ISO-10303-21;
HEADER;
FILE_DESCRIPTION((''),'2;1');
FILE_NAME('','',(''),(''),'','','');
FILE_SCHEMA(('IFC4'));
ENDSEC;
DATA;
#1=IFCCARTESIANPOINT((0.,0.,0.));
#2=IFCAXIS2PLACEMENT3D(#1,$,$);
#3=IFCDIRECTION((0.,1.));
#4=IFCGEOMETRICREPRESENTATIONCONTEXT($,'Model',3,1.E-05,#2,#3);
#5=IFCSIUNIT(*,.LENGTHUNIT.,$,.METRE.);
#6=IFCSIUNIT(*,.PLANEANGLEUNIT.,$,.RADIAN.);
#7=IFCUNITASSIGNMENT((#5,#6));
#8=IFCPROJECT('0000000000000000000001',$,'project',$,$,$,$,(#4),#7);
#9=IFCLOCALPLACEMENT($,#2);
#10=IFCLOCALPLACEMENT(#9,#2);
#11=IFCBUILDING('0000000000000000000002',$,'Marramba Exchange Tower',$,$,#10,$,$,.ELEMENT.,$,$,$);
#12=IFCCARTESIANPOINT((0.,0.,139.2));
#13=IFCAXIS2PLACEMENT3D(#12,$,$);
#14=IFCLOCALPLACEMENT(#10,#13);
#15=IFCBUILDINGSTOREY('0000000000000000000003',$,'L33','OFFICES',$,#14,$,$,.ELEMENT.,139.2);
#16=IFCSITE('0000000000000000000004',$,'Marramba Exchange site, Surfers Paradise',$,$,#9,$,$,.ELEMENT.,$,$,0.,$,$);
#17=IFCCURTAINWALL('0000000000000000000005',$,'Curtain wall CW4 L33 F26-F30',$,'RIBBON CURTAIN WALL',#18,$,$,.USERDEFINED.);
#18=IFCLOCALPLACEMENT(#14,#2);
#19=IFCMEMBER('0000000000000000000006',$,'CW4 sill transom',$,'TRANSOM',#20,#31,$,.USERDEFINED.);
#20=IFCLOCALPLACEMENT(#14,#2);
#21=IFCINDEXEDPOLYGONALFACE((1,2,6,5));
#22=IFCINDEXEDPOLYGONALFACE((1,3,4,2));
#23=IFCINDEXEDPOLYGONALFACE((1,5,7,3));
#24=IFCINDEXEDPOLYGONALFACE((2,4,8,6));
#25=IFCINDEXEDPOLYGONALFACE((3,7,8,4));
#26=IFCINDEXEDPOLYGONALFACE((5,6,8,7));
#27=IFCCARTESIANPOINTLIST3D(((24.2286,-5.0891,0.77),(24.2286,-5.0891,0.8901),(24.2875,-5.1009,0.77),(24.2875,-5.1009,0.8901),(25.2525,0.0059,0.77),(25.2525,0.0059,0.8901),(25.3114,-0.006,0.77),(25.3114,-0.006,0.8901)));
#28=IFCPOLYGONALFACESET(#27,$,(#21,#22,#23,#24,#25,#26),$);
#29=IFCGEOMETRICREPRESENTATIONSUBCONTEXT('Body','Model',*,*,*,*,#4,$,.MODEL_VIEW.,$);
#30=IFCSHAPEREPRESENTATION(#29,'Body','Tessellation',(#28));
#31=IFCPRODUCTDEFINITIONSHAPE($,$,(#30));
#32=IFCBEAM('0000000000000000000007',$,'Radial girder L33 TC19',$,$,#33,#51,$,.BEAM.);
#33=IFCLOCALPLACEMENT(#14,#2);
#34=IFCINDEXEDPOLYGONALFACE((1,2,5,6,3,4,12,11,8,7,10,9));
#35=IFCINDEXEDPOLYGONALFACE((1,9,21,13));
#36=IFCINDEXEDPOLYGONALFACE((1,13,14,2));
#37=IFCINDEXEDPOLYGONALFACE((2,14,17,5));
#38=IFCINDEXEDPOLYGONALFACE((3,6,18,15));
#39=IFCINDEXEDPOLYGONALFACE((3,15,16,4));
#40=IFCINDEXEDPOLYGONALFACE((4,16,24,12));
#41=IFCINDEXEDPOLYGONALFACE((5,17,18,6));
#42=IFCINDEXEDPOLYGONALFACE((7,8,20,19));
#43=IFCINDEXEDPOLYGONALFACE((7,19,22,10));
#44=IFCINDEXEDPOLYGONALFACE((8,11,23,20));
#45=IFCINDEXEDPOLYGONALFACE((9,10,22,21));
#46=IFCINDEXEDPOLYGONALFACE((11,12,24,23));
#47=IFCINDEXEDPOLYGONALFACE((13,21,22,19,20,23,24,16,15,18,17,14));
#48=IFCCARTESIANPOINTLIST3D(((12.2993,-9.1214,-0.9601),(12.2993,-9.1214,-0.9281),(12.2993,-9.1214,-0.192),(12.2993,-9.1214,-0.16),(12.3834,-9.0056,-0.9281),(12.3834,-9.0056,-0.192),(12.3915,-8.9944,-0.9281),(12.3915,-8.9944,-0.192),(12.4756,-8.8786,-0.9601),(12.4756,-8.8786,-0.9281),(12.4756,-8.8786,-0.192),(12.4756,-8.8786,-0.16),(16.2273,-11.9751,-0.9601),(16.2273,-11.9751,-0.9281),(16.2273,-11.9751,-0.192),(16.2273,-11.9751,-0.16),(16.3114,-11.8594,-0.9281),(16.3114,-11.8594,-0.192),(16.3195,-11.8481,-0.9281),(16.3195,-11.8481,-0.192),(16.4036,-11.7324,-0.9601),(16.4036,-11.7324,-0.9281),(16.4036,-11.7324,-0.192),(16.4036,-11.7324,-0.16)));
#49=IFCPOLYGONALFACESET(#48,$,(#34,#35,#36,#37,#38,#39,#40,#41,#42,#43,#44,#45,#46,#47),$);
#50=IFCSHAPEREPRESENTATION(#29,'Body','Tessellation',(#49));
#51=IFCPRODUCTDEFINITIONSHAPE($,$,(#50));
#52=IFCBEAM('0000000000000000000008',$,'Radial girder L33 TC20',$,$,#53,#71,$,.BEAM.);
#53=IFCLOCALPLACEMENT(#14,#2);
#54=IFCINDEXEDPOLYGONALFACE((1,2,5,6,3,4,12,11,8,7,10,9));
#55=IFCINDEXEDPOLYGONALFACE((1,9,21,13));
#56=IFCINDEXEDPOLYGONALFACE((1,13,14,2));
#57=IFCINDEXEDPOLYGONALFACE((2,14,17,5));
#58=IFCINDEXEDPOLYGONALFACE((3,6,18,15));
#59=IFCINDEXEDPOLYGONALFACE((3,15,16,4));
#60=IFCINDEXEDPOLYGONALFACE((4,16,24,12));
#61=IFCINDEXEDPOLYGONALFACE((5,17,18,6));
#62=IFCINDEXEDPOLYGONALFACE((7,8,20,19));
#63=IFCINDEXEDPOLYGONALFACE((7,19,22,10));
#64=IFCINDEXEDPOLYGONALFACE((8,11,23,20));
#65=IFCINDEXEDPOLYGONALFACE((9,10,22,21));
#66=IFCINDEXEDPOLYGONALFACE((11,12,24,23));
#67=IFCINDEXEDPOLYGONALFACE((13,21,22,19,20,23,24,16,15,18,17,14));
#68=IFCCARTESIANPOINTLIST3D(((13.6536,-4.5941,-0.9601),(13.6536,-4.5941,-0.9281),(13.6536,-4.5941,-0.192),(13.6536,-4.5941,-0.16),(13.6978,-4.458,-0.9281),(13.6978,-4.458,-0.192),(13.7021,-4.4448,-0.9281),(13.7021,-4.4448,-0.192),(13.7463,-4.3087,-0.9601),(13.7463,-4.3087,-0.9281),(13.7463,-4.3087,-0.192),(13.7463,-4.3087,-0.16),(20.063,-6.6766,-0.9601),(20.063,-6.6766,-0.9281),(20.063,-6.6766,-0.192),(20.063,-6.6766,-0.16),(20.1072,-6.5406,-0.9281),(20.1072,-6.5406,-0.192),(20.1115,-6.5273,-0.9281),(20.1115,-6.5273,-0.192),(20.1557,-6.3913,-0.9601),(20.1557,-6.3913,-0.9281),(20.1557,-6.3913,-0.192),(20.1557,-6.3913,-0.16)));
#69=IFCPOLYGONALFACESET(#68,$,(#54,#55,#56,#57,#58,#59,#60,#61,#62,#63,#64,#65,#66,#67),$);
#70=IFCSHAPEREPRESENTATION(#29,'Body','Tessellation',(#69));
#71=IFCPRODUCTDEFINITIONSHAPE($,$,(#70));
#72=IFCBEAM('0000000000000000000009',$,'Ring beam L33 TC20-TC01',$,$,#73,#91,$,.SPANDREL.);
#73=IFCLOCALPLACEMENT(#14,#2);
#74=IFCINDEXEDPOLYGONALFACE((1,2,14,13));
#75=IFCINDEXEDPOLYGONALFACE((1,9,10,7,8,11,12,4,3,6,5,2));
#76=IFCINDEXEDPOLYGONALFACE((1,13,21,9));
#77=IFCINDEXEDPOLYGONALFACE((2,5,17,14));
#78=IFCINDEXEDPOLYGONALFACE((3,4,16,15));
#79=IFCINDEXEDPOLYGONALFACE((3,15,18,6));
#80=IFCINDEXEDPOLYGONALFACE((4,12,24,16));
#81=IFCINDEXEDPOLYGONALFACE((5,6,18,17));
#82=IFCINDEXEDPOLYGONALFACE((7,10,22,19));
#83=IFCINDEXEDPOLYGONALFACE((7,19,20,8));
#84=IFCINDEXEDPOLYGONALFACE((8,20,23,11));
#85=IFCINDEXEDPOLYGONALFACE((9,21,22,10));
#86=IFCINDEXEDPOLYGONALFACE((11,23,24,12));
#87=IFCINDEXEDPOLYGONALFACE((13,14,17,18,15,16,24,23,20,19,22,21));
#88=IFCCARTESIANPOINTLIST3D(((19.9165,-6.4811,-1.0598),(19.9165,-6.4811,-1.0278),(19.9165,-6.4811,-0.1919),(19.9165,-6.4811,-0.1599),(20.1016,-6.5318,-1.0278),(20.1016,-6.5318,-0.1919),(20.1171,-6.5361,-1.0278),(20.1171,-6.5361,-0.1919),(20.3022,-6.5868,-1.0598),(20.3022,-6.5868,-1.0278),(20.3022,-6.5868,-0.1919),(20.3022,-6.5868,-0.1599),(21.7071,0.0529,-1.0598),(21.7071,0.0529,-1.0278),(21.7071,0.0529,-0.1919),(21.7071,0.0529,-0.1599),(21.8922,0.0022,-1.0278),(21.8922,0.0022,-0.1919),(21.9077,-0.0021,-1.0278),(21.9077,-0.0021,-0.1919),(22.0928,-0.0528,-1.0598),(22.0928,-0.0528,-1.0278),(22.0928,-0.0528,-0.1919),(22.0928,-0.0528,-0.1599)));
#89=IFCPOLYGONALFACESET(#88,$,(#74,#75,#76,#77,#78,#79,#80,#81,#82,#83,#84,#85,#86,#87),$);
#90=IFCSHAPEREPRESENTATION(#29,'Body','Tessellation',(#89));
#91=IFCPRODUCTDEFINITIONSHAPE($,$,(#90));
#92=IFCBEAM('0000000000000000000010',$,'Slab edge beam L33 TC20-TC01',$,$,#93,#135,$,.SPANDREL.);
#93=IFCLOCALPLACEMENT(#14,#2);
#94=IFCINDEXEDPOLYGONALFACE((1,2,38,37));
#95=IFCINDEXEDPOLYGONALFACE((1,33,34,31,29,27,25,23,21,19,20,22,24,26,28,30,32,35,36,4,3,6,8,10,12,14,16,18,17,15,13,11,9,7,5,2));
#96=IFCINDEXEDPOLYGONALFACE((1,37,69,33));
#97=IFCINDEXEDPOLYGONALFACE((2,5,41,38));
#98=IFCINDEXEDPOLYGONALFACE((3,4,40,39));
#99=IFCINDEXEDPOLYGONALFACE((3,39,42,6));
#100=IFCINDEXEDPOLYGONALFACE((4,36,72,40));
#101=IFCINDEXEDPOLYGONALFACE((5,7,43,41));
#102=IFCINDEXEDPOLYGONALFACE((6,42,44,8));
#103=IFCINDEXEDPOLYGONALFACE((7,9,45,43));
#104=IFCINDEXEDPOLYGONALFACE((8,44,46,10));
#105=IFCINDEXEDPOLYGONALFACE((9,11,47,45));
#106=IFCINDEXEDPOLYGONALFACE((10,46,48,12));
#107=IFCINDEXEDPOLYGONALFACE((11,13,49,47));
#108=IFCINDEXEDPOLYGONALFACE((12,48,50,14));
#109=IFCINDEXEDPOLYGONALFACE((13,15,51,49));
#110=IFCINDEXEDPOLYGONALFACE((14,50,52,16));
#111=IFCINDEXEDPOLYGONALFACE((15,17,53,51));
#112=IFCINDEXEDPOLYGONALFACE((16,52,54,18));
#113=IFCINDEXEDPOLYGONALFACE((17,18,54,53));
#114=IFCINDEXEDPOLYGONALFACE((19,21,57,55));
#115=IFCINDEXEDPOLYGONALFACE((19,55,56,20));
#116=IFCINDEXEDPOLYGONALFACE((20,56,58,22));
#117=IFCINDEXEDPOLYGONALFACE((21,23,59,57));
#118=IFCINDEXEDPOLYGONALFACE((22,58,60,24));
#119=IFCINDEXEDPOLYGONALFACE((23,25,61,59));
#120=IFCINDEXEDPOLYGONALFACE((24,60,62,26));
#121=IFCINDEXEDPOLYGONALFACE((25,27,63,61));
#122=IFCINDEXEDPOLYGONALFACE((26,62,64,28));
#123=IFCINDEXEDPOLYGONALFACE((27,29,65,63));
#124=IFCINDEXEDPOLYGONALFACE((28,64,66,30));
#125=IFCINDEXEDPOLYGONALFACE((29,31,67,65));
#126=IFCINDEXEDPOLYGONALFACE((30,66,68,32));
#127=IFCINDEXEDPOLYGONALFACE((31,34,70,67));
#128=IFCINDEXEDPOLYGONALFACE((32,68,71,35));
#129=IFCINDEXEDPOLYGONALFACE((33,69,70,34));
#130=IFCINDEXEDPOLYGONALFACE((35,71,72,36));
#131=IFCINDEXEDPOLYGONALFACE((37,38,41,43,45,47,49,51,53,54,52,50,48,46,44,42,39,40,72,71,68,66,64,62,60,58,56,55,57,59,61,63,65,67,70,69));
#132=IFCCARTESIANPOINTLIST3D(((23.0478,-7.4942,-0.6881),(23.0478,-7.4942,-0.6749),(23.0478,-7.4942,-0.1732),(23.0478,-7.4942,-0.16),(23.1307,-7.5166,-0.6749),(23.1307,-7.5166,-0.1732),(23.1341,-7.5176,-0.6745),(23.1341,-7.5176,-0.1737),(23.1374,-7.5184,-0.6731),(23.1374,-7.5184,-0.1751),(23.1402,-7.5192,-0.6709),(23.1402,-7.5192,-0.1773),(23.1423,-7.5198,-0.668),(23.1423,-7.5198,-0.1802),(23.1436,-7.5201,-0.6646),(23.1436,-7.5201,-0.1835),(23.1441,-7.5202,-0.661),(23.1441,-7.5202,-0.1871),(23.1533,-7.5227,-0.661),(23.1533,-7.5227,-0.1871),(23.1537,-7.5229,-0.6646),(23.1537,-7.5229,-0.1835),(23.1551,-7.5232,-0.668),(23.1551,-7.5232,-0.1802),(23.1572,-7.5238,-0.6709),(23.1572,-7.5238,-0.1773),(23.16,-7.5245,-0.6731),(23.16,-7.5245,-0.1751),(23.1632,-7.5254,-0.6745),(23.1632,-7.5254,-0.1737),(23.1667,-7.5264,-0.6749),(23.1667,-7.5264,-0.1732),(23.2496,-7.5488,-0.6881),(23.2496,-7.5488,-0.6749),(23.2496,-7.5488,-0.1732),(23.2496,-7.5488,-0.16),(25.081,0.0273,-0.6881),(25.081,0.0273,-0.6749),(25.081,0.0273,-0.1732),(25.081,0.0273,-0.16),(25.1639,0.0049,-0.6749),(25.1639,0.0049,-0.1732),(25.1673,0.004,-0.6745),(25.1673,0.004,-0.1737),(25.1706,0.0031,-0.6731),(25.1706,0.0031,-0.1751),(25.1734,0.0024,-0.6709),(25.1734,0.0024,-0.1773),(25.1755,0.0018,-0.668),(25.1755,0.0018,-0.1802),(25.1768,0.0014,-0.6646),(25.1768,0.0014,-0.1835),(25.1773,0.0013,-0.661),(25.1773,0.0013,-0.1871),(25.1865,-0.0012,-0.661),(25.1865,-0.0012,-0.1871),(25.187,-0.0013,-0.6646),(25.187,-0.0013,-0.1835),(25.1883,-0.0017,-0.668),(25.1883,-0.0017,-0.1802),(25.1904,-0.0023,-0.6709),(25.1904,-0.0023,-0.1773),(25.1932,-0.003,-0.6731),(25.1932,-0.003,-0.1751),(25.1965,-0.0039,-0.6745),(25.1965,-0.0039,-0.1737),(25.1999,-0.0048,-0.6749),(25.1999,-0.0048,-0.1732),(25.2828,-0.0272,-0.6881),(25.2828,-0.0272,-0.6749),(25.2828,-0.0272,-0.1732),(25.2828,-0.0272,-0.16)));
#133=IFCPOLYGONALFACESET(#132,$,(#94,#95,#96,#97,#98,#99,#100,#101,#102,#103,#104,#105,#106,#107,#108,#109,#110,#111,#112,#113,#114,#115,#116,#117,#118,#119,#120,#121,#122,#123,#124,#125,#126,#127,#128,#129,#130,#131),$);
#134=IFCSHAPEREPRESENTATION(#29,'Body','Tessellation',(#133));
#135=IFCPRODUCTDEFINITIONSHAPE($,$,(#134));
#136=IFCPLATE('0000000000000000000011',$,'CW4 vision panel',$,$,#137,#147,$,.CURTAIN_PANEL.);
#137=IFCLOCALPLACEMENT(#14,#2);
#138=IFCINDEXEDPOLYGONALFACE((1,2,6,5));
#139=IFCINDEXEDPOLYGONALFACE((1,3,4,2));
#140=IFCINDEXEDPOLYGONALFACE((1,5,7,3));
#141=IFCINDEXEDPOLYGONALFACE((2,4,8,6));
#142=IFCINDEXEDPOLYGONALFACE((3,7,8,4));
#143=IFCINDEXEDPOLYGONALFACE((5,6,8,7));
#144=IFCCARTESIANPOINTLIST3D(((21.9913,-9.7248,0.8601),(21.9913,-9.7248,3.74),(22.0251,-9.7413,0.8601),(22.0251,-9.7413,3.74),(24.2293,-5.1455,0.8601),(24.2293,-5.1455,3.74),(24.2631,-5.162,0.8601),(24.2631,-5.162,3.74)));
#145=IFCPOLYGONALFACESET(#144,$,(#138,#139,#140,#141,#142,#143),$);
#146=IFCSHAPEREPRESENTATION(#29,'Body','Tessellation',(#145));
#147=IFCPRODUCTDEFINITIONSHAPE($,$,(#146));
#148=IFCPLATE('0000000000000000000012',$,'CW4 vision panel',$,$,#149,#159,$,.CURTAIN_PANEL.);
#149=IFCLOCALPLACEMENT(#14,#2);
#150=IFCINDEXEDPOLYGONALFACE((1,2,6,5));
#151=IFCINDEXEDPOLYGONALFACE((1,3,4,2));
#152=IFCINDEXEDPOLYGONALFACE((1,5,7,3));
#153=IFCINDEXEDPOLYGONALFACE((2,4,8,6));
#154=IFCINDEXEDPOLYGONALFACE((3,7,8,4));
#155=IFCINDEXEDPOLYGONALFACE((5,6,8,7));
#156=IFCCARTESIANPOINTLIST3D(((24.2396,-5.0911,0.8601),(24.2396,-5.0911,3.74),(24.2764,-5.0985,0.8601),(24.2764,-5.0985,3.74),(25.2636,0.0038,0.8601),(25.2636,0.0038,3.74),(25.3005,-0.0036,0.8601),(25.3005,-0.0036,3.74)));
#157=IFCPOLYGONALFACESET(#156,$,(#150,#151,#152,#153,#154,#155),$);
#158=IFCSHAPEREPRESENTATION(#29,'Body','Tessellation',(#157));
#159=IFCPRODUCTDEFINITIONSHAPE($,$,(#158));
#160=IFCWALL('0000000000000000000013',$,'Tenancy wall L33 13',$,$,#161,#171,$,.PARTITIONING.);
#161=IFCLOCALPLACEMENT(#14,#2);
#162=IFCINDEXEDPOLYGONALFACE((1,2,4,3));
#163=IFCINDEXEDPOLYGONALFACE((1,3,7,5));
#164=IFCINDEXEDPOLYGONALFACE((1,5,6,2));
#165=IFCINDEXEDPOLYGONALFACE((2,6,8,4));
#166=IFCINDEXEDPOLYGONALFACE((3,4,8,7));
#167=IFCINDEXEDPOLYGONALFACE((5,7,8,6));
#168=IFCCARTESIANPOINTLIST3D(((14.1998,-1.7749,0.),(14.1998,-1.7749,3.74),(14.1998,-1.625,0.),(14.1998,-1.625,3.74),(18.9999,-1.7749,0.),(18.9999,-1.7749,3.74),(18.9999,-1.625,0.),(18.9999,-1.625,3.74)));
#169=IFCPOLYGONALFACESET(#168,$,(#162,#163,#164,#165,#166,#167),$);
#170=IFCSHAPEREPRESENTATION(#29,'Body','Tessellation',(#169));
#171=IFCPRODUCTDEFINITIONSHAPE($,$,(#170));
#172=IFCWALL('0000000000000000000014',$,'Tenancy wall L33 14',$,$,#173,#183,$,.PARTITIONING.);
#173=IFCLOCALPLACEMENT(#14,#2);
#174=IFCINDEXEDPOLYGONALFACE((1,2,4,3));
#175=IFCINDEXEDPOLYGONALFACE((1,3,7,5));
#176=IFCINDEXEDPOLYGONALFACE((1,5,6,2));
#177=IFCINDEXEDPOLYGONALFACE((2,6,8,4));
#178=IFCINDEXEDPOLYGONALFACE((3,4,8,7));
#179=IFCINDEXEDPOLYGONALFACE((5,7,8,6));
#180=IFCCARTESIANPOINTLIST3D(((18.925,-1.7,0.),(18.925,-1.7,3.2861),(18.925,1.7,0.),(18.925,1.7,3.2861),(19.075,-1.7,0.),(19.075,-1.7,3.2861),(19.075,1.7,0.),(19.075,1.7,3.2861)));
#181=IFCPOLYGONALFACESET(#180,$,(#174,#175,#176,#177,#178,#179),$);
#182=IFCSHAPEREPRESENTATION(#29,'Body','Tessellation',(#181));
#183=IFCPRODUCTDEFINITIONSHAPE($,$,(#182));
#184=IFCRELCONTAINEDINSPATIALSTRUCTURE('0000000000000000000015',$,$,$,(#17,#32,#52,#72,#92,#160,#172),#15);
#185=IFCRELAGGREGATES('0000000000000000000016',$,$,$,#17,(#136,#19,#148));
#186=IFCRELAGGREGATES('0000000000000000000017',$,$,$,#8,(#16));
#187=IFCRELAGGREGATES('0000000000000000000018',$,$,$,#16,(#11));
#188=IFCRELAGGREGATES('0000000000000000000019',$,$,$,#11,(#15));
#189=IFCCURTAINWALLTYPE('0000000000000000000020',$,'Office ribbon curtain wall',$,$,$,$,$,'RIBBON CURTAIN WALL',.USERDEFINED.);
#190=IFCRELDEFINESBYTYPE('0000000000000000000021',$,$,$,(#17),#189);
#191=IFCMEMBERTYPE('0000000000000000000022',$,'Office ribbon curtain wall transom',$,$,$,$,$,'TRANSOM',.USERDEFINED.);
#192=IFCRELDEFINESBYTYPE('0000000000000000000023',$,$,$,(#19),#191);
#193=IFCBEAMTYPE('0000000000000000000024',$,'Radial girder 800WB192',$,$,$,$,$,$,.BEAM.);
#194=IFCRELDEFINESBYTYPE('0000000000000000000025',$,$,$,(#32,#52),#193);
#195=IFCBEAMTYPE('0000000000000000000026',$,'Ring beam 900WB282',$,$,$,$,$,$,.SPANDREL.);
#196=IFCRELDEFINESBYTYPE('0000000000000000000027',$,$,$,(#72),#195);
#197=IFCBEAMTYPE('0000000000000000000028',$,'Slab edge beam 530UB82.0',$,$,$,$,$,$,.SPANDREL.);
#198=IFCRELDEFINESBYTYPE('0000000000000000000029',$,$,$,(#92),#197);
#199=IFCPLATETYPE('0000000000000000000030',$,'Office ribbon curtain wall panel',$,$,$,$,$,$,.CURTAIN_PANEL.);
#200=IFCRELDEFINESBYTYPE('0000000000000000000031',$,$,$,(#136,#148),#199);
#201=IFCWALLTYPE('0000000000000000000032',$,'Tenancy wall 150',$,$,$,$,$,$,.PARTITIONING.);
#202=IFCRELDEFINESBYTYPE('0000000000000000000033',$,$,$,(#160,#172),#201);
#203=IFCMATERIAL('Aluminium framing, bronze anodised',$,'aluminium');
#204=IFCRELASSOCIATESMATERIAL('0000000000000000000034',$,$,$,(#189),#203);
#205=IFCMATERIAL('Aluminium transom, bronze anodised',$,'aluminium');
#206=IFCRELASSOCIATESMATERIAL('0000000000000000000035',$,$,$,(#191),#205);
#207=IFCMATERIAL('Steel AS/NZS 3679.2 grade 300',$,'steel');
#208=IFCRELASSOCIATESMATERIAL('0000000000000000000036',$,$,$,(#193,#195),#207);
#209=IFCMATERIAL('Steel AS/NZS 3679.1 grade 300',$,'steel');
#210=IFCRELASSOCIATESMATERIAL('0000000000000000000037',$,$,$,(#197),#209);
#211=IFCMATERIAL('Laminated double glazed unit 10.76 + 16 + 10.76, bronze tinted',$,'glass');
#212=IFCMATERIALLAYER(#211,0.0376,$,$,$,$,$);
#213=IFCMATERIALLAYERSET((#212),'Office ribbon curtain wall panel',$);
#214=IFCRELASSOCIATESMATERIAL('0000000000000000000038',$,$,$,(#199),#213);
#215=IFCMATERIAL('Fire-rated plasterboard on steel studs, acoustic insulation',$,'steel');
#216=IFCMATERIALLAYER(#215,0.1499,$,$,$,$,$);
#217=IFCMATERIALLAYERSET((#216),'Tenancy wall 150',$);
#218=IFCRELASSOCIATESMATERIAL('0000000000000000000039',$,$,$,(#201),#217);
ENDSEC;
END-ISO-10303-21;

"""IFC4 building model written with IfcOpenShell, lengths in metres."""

from ifc_helpers import new_model, si_unit, direction, frame, frame_2d, origin, origin_2d, place, context, subcontext, project, spatial, rectangle, i_section, extrude, material, layer, layer_set, material_profile, profile_set, type_object, element, aggregate, save


model = new_model("IFC4")

# Units and contexts
model_context = context("Model", 3, precision=1e-05, world=origin(), true_north=direction((0.0, 1.0)))
body_context = subcontext(model_context, "Body", "Model", "MODEL_VIEW")
ifc_project = project(units=[si_unit("LENGTHUNIT", "METRE"), si_unit("PLANEANGLEUNIT", "RADIAN")], contexts=[model_context])

# Site, building, storey
site_placement = place(None, origin())
site = spatial("IfcSite", under=ifc_project, at=site_placement, Name="Marramba Exchange site, Surfers Paradise", CompositionType="ELEMENT", RefElevation=0.0)
building_placement = place(site_placement, origin())
building = spatial("IfcBuilding", under=site, at=building_placement, Name="Marramba Exchange Tower", CompositionType="ELEMENT")
storey_placement = place(building_placement, frame((0.0, 0.0, 139.2)))
storey = spatial("IfcBuildingStorey", under=building, at=storey_placement, Name="L33", Description="OFFICES", CompositionType="ELEMENT", Elevation=139.2)

# Shared definitions
ifc_material_1 = material(Name="Steel AS/NZS 3679.2 grade 300", Category="steel")
ifc_material_2 = material(Name="Steel AS/NZS 3679.1 grade 300", Category="steel")

# Curtain wall, member
ifc_material_3 = material(Name="Aluminium framing, bronze anodised", Category="aluminium")
curtain_wall_type = type_object("IfcCurtainWallType", Name="Office ribbon curtain wall", ElementType="RIBBON CURTAIN WALL", PredefinedType="USERDEFINED", material=ifc_material_3)
curtain_wall_placement = place(storey_placement, origin())
curtain_wall = element("IfcCurtainWall", 1, at=curtain_wall_placement, inside=storey, type_object=curtain_wall_type, Name="Curtain wall CW4 L33 F26-F30", ObjectType="RIBBON CURTAIN WALL", PredefinedType="USERDEFINED")
ifc_material_4 = material(Name="Aluminium transom, bronze anodised", Category="aluminium")
ifc_material_profile_1 = material_profile(ifc_material_4, rectangle(XDim=0.0601, YDim=0.1201, at=origin_2d()), Name="CW4 transom 60x120")
ifc_profile_set_1 = profile_set([ifc_material_profile_1], Name="Aluminium transom, bronze anodised")
member_type_1 = type_object("IfcMemberType", Name="Office ribbon curtain wall transom", ElementType="TRANSOM", PredefinedType="USERDEFINED", material=ifc_profile_set_1)
member_1_placement = place(storey_placement, frame((24.2581, -5.095, 0.8301), z_axis=(0.197029, 0.980398, 0.0), x_axis=(-0.980398, 0.197029, 0.0)))
member_1 = element("IfcMember", 2, at=member_1_placement, type_object=member_type_1, Name="CW4 sill transom", ObjectType="TRANSOM", PredefinedType="USERDEFINED", context=body_context, shape_type="SweptSolid", body=[
    extrude(rectangle(XDim=0.0601, YDim=0.1201, at=origin_2d()), origin(), (0.0, 0.0, 1.0), 5.1968),
])

# Beams
ifc_material_profile_2 = material_profile(ifc_material_1, i_section(OverallWidth=0.3, OverallDepth=0.8, WebThickness=0.0139, FlangeThickness=0.032, at=origin_2d()), Name="800WB192")
ifc_profile_set_2 = profile_set([ifc_material_profile_2], Name="Steel AS/NZS 3679.2 grade 300")
beam_type_1 = type_object("IfcBeamType", Name="Radial girder 800WB192", PredefinedType="BEAM", material=ifc_profile_set_2)
beam_1_placement = place(storey_placement, frame((12.3875, -9.0, -0.5601), z_axis=(0.809025, -0.587774, 0.0), x_axis=(0.587774, 0.809025, 0.0)))
element("IfcBeam", 3, at=beam_1_placement, inside=storey, type_object=beam_type_1, Name="Radial girder L33 TC19", PredefinedType="BEAM", context=body_context, shape_type="SweptSolid", body=[
    extrude(i_section(OverallWidth=0.3, OverallDepth=0.8, WebThickness=0.0139, FlangeThickness=0.032, at=origin_2d()), origin(), (0.0, 0.0, 1.0), 4.8552),
])
beam_2_placement = place(storey_placement, frame((13.7, -4.4514, -0.5601), z_axis=(0.951058, -0.309013, 0.0), x_axis=(0.309013, 0.951058, 0.0)))
element("IfcBeam", 4, at=beam_2_placement, inside=storey, type_object=beam_type_1, Name="Radial girder L33 TC20", PredefinedType="BEAM", context=body_context, shape_type="SweptSolid", body=[
    extrude(i_section(OverallWidth=0.3, OverallDepth=0.8, WebThickness=0.0139, FlangeThickness=0.032, at=origin_2d()), origin(), (0.0, 0.0, 1.0), 6.7393),
])
ifc_material_profile_3 = material_profile(ifc_material_1, i_section(OverallWidth=0.3999, OverallDepth=0.8999, WebThickness=0.0161, FlangeThickness=0.032, at=origin_2d()), Name="900WB282")
ifc_profile_set_3 = profile_set([ifc_material_profile_3], Name="Steel AS/NZS 3679.2 grade 300")
beam_type_2 = type_object("IfcBeamType", Name="Ring beam 900WB282", PredefinedType="SPANDREL", material=ifc_profile_set_3)
beam_3_placement = place(storey_placement, frame((20.1094, -6.5339, -0.6099), z_axis=(0.264291, 0.964443, 0.0), x_axis=(-0.964443, 0.264291, 0.0)))
element("IfcBeam", 5, at=beam_3_placement, inside=storey, type_object=beam_type_2, Name="Ring beam L33 TC20-TC01", PredefinedType="SPANDREL", context=body_context, shape_type="SweptSolid", body=[
    extrude(i_section(OverallWidth=0.3999, OverallDepth=0.8999, WebThickness=0.0161, FlangeThickness=0.032, at=origin_2d()), origin(), (0.0, 0.0, 1.0), 6.7749),
])
ifc_material_profile_4 = material_profile(ifc_material_2, i_section(OverallWidth=0.209, OverallDepth=0.5281, WebThickness=0.0095, FlangeThickness=0.0132, FilletRadius=0.0139, at=origin_2d()), Name="530UB82.0")
ifc_profile_set_4 = profile_set([ifc_material_profile_4], Name="Steel AS/NZS 3679.1 grade 300")
beam_type_3 = type_object("IfcBeamType", Name="Slab edge beam 530UB82.0", PredefinedType="SPANDREL", material=ifc_profile_set_4)
beam_4_placement = place(storey_placement, frame((23.1487, -7.5215, -0.4241), z_axis=(0.260953, 0.965351, 0.0), x_axis=(-0.965351, 0.260953, 0.0)))
element("IfcBeam", 6, at=beam_4_placement, inside=storey, type_object=beam_type_3, Name="Slab edge beam L33 TC20-TC01", PredefinedType="SPANDREL", context=body_context, shape_type="SweptSolid", body=[
    extrude(i_section(OverallWidth=0.209, OverallDepth=0.5281, WebThickness=0.0095, FlangeThickness=0.0132, FilletRadius=0.0139, at=origin_2d()), origin(), (0.0, 0.0, 1.0), 7.7915),
])

# Plates
ifc_material_5 = material(Name="Laminated double glazed unit 10.76 + 16 + 10.76, bronze tinted", Category="glass")
ifc_layer_1 = layer(ifc_material_5, 0.0376)
ifc_layer_set_1 = layer_set([ifc_layer_1], Name="Office ribbon curtain wall panel")
plate_type = type_object("IfcPlateType", Name="Office ribbon curtain wall panel", PredefinedType="CURTAIN_PANEL", material=ifc_layer_set_1)
plate_1_placement = place(storey_placement, frame((23.1272, -7.4434, 0.8601), z_axis=(0.0, 0.0, 1.0), x_axis=(0.439086, 0.898445, 0.0)))
plate_1 = element("IfcPlate", 7, at=plate_1_placement, type_object=plate_type, Name="CW4 vision panel", PredefinedType="CURTAIN_PANEL", context=body_context, shape_type="SweptSolid", body=[
    extrude(rectangle(XDim=5.0969, YDim=0.0376, at=origin_2d()), origin(), (0.0, 0.0, 1.0), 2.8799),
])
plate_2_placement = place(storey_placement, frame((24.77, -2.5474, 0.8601), z_axis=(0.0, 0.0, 1.0), x_axis=(0.197049, 0.980394, 0.0)))
plate_2 = element("IfcPlate", 8, at=plate_2_placement, type_object=plate_type, Name="CW4 vision panel", PredefinedType="CURTAIN_PANEL", context=body_context, shape_type="SweptSolid", body=[
    extrude(rectangle(XDim=5.1968, YDim=0.0376, at=origin_2d()), origin(), (0.0, 0.0, 1.0), 2.8799),
])
aggregate(curtain_wall, [plate_1, member_1, plate_2])

# Walls
ifc_material_6 = material(Name="Fire-rated plasterboard on steel studs, acoustic insulation", Category="steel")
ifc_layer_2 = layer(ifc_material_6, 0.1499)
ifc_layer_set_2 = layer_set([ifc_layer_2], Name="Tenancy wall 150")
wall_type_1 = type_object("IfcWallType", Name="Tenancy wall 150", PredefinedType="PARTITIONING", material=ifc_layer_set_2)
wall_1_placement = place(storey_placement, frame((14.2, -1.7, 0.0), z_axis=(0.0, 0.0, 1.0), x_axis=(1.0, 0.0, 0.0)))
element("IfcWall", 9, at=wall_1_placement, inside=storey, type_object=wall_type_1, Name="Tenancy wall L33 13", PredefinedType="PARTITIONING", context=body_context, shape_type="SweptSolid", body=[
    extrude(rectangle(XDim=4.8, YDim=0.1499, at=frame_2d((2.3999, 0.0))), origin(), (0.0, 0.0, 1.0), 3.74),
])
wall_2_placement = place(storey_placement, frame((19.0, -1.7, 0.0), z_axis=(0.0, 0.0, 1.0), x_axis=(0.0, 1.0, 0.0)))
element("IfcWall", 10, at=wall_2_placement, inside=storey, type_object=wall_type_1, Name="Tenancy wall L33 14", PredefinedType="PARTITIONING", context=body_context, shape_type="SweptSolid", body=[
    extrude(rectangle(XDim=3.3999, YDim=0.1499, at=frame_2d((1.7, 0.0))), origin(), (0.0, 0.0, 1.0), 3.2861),
])

save(model, "model.ifc")
